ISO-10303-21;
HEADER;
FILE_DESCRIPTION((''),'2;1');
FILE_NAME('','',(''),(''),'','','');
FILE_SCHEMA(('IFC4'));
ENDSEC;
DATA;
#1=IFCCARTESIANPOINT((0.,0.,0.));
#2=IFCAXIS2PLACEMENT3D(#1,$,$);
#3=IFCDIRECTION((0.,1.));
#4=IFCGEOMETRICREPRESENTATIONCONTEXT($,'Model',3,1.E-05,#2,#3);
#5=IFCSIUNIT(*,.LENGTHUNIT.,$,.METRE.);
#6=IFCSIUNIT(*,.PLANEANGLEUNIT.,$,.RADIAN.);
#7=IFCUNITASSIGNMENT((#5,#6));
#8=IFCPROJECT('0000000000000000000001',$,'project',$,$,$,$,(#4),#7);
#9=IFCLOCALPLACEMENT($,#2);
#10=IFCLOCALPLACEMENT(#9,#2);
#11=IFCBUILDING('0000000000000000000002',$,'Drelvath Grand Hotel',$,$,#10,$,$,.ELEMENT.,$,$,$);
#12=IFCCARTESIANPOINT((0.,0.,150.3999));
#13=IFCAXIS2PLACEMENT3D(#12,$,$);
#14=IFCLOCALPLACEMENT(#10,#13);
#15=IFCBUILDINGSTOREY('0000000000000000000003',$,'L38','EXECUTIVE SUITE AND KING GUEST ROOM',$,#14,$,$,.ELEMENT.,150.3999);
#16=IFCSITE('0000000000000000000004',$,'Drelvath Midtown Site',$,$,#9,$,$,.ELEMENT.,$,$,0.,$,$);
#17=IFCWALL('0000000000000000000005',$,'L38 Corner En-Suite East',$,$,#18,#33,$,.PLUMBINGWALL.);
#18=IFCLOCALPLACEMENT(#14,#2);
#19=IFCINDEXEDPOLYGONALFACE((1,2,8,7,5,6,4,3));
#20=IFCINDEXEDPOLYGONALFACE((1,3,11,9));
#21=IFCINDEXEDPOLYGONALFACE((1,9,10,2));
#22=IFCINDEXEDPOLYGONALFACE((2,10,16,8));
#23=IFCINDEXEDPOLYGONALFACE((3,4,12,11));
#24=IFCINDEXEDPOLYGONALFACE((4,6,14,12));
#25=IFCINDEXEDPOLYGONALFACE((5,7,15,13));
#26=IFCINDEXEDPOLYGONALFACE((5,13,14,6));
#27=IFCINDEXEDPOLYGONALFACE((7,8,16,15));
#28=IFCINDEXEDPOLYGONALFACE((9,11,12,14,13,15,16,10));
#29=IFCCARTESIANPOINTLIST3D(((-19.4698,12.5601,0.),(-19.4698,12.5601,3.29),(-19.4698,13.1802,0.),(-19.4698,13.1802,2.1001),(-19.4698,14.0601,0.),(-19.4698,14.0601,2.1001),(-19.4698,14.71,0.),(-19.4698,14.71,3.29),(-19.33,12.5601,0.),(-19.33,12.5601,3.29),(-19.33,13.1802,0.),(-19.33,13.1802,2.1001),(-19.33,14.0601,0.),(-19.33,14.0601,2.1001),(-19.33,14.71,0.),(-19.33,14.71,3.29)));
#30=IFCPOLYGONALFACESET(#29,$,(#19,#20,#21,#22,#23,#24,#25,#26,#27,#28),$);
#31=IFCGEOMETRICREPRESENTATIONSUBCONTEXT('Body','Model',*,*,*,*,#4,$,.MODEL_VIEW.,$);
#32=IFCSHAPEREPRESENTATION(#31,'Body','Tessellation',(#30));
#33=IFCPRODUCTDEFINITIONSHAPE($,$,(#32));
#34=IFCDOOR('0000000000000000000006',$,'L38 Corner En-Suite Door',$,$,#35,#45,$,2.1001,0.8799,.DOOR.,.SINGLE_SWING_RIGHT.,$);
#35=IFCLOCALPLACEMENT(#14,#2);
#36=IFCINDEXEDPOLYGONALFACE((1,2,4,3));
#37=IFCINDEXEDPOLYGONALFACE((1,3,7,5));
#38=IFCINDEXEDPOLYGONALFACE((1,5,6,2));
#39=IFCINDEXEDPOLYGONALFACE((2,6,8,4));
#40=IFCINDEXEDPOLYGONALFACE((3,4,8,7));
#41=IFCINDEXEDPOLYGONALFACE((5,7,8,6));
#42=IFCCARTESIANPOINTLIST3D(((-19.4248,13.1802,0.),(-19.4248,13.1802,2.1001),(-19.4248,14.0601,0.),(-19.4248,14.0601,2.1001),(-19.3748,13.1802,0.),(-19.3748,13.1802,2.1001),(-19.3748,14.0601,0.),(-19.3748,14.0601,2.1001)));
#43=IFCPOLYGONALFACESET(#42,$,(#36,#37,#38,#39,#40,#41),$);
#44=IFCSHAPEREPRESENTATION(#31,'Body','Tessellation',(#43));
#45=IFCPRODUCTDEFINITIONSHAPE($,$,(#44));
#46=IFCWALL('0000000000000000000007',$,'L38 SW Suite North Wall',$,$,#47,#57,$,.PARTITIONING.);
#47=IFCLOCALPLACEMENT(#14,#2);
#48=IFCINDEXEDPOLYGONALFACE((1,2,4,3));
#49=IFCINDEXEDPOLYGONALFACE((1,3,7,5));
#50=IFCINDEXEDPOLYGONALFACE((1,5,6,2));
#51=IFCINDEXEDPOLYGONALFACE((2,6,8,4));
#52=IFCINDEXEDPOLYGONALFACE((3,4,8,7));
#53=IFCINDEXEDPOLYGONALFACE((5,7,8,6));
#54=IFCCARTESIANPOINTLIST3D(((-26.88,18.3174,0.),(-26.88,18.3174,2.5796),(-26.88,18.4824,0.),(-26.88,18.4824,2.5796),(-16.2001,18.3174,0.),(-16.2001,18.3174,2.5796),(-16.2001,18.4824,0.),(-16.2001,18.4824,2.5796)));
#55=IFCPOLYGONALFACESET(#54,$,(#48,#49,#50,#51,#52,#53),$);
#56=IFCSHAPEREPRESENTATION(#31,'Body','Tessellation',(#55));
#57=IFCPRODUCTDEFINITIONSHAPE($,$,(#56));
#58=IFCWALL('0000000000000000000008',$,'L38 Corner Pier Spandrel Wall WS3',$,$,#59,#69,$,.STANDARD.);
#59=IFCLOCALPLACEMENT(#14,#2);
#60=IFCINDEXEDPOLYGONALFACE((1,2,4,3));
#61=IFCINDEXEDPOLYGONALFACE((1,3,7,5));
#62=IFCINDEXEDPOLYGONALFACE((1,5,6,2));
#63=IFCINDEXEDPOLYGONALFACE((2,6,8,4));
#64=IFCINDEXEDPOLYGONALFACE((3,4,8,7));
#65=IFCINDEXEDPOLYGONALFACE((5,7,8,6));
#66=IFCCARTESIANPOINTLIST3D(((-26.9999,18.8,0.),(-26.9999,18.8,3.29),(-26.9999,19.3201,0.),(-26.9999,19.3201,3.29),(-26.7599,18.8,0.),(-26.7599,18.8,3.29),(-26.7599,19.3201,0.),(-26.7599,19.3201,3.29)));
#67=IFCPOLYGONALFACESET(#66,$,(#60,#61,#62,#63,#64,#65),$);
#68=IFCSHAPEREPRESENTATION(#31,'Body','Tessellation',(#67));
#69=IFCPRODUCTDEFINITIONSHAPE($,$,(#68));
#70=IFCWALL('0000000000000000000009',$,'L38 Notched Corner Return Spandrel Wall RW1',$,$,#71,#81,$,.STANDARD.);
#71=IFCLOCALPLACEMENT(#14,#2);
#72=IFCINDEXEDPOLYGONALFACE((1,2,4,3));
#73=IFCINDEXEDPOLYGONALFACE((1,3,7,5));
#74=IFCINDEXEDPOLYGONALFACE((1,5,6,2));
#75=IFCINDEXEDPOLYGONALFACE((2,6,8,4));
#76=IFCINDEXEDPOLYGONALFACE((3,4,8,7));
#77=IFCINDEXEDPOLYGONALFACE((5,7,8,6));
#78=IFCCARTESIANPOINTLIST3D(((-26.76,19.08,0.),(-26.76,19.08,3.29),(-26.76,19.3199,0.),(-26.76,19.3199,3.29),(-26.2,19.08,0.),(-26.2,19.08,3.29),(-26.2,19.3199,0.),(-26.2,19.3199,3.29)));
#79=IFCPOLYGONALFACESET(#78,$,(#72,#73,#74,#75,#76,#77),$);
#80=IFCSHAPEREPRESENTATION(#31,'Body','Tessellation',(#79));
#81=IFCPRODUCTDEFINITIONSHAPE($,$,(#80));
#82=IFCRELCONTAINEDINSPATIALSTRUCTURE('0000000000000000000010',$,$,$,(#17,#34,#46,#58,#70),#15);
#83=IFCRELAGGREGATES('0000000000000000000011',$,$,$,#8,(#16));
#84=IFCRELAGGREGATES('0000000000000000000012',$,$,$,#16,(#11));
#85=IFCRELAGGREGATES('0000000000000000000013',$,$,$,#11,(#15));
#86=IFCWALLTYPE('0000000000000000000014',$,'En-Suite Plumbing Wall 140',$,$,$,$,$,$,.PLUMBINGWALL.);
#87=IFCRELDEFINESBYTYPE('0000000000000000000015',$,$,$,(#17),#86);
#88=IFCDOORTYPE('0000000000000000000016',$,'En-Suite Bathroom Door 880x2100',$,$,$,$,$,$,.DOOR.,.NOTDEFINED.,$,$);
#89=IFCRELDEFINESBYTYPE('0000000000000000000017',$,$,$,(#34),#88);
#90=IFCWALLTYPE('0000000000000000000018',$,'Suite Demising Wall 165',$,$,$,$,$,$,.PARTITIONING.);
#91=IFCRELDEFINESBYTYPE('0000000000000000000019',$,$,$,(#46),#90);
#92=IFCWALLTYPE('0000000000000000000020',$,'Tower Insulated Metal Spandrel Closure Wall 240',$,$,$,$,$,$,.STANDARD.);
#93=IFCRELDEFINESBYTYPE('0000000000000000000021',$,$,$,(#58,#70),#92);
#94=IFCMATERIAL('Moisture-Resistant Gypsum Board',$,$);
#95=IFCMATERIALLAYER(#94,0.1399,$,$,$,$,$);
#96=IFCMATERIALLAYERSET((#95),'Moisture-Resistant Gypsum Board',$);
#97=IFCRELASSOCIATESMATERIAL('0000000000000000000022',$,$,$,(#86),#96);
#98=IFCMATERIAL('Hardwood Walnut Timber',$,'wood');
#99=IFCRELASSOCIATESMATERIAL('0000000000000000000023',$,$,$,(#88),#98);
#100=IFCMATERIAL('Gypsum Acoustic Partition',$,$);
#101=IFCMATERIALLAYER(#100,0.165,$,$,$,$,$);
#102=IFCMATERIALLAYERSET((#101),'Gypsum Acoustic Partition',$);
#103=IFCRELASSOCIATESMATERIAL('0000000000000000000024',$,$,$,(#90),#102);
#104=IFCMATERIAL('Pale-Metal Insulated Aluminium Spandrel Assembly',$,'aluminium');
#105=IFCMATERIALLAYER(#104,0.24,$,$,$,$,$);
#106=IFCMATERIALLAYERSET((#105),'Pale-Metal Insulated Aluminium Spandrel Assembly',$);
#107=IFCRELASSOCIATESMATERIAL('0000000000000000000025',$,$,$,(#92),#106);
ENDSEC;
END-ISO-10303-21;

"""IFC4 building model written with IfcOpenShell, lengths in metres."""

from ifc_helpers import new_model, si_unit, direction, frame, frame_2d, origin, place, context, subcontext, project, spatial, rectangle, extrude, material, layer, layer_set, type_object, element, fill, save


model = new_model("IFC4")

# Units and contexts
model_context = context("Model", 3, precision=1e-05, world=origin(), true_north=direction((0.0, 1.0)))
body_context = subcontext(model_context, "Body", "Model", "MODEL_VIEW")
ifc_project = project(units=[si_unit("LENGTHUNIT", "METRE"), si_unit("PLANEANGLEUNIT", "RADIAN")], contexts=[model_context])

# Site, building, storey
site_placement = place(None, origin())
site = spatial("IfcSite", under=ifc_project, at=site_placement, Name="Drelvath Midtown Site", CompositionType="ELEMENT", RefElevation=0.0)
building_placement = place(site_placement, origin())
building = spatial("IfcBuilding", under=site, at=building_placement, Name="Drelvath Grand Hotel", CompositionType="ELEMENT")
storey_placement = place(building_placement, frame((0.0, 0.0, 150.3999)))
storey = spatial("IfcBuildingStorey", under=building, at=storey_placement, Name="L38", Description="EXECUTIVE SUITE AND KING GUEST ROOM", CompositionType="ELEMENT", Elevation=150.3999)

# Shared definitions
ifc_material_1 = material(Name="Hardwood Walnut Timber", Category="wood")

# Shared definitions
ifc_material_2 = material(Name="Moisture-Resistant Gypsum Board")
ifc_layer_1 = layer(ifc_material_2, 0.1399)
ifc_layer_set_1 = layer_set([ifc_layer_1], Name="Moisture-Resistant Gypsum Board")
wall_type_1 = type_object("IfcWallType", Name="En-Suite Plumbing Wall 140", PredefinedType="PLUMBINGWALL", material=ifc_layer_set_1)

# Wall, opening, door
wall_1_placement = place(storey_placement, frame((-19.3999, 12.5601, 0.0), z_axis=(0.0, 0.0, 1.0), x_axis=(0.0, 1.0, 0.0)))
wall_1 = element("IfcWall", 1, at=wall_1_placement, inside=storey, type_object=wall_type_1, Name="L38 Corner En-Suite East", PredefinedType="PLUMBINGWALL", context=body_context, shape_type="SweptSolid", body=[
    extrude(rectangle(XDim=2.1499, YDim=0.1399, at=frame_2d((1.075, 0.0))), origin(), (0.0, 0.0, 1.0), 3.29),
])
opening_1_placement = place(wall_1_placement, frame((0.6201, 0.0, 0.0)))
opening_1 = element("IfcOpeningElement", 2, at=opening_1_placement, cuts=wall_1, PredefinedType="OPENING", context=body_context, shape_type="SweptSolid", body=[
    extrude(rectangle(XDim=0.8799, YDim=2.1001, at=frame_2d((0.4399, 1.05))), frame((0.0, 0.0798, 0.0), z_axis=(0.0, -1.0, 0.0), x_axis=(1.0, 0.0, 0.0)), (0.0, 0.0, 1.0), 0.1599),
])
door_type_1 = type_object("IfcDoorType", Name="En-Suite Bathroom Door 880x2100", OperationType="NOTDEFINED", PredefinedType="DOOR", material=ifc_material_1)
door_1_placement = place(opening_1_placement, origin())
door_1 = element("IfcDoor", 3, at=door_1_placement, inside=storey, type_object=door_type_1, Name="L38 Corner En-Suite Door", OperationType="SINGLE_SWING_RIGHT", OverallHeight=2.1001, OverallWidth=0.8799, PredefinedType="DOOR", context=body_context, shape_type="SweptSolid", body=[
    extrude(rectangle(XDim=0.8799, YDim=2.1001, at=frame_2d((0.4399, 1.05))), frame((0.0, 0.0249, 0.0), z_axis=(0.0, -1.0, 0.0), x_axis=(1.0, 0.0, 0.0)), (0.0, 0.0, 1.0), 0.05),
])
fill(opening_1, door_1)

# Walls
ifc_material_3 = material(Name="Gypsum Acoustic Partition")
ifc_layer_2 = layer(ifc_material_3, 0.165)
ifc_layer_set_2 = layer_set([ifc_layer_2], Name="Gypsum Acoustic Partition")
wall_type_2 = type_object("IfcWallType", Name="Suite Demising Wall 165", PredefinedType="PARTITIONING", material=ifc_layer_set_2)
wall_2_placement = place(storey_placement, frame((-26.8799, 18.3999, 0.0), z_axis=(0.0, 0.0, 1.0), x_axis=(1.0, 0.0, 0.0)))
element("IfcWall", 4, at=wall_2_placement, inside=storey, type_object=wall_type_2, Name="L38 SW Suite North Wall", PredefinedType="PARTITIONING", context=body_context, shape_type="SweptSolid", body=[
    extrude(rectangle(XDim=10.6799, YDim=0.165, at=frame_2d((5.3398, 0.0))), origin(), (0.0, 0.0, 1.0), 2.5796),
])
ifc_material_4 = material(Name="Pale-Metal Insulated Aluminium Spandrel Assembly", Category="aluminium")
ifc_layer_3 = layer(ifc_material_4, 0.24)
ifc_layer_set_3 = layer_set([ifc_layer_3], Name="Pale-Metal Insulated Aluminium Spandrel Assembly")
wall_type_3 = type_object("IfcWallType", Name="Tower Insulated Metal Spandrel Closure Wall 240", PredefinedType="STANDARD", material=ifc_layer_set_3)
wall_3_placement = place(storey_placement, frame((-26.8799, 18.8, 0.0), z_axis=(0.0, 0.0, 1.0), x_axis=(0.0, 1.0, 0.0)))
element("IfcWall", 5, at=wall_3_placement, inside=storey, type_object=wall_type_3, Name="L38 Corner Pier Spandrel Wall WS3", PredefinedType="STANDARD", context=body_context, shape_type="SweptSolid", body=[
    extrude(rectangle(XDim=0.52, YDim=0.24, at=frame_2d((0.26, 0.0))), origin(), (0.0, 0.0, 1.0), 3.29),
])
wall_4_placement = place(storey_placement, frame((-26.76, 19.2, 0.0), z_axis=(0.0, 0.0, 1.0), x_axis=(1.0, 0.0, 0.0)))
element("IfcWall", 6, at=wall_4_placement, inside=storey, type_object=wall_type_3, Name="L38 Notched Corner Return Spandrel Wall RW1", PredefinedType="STANDARD", context=body_context, shape_type="SweptSolid", body=[
    extrude(rectangle(XDim=0.5601, YDim=0.24, at=frame_2d((0.28, 0.0))), origin(), (0.0, 0.0, 1.0), 3.29),
])

save(model, "model.ifc")
